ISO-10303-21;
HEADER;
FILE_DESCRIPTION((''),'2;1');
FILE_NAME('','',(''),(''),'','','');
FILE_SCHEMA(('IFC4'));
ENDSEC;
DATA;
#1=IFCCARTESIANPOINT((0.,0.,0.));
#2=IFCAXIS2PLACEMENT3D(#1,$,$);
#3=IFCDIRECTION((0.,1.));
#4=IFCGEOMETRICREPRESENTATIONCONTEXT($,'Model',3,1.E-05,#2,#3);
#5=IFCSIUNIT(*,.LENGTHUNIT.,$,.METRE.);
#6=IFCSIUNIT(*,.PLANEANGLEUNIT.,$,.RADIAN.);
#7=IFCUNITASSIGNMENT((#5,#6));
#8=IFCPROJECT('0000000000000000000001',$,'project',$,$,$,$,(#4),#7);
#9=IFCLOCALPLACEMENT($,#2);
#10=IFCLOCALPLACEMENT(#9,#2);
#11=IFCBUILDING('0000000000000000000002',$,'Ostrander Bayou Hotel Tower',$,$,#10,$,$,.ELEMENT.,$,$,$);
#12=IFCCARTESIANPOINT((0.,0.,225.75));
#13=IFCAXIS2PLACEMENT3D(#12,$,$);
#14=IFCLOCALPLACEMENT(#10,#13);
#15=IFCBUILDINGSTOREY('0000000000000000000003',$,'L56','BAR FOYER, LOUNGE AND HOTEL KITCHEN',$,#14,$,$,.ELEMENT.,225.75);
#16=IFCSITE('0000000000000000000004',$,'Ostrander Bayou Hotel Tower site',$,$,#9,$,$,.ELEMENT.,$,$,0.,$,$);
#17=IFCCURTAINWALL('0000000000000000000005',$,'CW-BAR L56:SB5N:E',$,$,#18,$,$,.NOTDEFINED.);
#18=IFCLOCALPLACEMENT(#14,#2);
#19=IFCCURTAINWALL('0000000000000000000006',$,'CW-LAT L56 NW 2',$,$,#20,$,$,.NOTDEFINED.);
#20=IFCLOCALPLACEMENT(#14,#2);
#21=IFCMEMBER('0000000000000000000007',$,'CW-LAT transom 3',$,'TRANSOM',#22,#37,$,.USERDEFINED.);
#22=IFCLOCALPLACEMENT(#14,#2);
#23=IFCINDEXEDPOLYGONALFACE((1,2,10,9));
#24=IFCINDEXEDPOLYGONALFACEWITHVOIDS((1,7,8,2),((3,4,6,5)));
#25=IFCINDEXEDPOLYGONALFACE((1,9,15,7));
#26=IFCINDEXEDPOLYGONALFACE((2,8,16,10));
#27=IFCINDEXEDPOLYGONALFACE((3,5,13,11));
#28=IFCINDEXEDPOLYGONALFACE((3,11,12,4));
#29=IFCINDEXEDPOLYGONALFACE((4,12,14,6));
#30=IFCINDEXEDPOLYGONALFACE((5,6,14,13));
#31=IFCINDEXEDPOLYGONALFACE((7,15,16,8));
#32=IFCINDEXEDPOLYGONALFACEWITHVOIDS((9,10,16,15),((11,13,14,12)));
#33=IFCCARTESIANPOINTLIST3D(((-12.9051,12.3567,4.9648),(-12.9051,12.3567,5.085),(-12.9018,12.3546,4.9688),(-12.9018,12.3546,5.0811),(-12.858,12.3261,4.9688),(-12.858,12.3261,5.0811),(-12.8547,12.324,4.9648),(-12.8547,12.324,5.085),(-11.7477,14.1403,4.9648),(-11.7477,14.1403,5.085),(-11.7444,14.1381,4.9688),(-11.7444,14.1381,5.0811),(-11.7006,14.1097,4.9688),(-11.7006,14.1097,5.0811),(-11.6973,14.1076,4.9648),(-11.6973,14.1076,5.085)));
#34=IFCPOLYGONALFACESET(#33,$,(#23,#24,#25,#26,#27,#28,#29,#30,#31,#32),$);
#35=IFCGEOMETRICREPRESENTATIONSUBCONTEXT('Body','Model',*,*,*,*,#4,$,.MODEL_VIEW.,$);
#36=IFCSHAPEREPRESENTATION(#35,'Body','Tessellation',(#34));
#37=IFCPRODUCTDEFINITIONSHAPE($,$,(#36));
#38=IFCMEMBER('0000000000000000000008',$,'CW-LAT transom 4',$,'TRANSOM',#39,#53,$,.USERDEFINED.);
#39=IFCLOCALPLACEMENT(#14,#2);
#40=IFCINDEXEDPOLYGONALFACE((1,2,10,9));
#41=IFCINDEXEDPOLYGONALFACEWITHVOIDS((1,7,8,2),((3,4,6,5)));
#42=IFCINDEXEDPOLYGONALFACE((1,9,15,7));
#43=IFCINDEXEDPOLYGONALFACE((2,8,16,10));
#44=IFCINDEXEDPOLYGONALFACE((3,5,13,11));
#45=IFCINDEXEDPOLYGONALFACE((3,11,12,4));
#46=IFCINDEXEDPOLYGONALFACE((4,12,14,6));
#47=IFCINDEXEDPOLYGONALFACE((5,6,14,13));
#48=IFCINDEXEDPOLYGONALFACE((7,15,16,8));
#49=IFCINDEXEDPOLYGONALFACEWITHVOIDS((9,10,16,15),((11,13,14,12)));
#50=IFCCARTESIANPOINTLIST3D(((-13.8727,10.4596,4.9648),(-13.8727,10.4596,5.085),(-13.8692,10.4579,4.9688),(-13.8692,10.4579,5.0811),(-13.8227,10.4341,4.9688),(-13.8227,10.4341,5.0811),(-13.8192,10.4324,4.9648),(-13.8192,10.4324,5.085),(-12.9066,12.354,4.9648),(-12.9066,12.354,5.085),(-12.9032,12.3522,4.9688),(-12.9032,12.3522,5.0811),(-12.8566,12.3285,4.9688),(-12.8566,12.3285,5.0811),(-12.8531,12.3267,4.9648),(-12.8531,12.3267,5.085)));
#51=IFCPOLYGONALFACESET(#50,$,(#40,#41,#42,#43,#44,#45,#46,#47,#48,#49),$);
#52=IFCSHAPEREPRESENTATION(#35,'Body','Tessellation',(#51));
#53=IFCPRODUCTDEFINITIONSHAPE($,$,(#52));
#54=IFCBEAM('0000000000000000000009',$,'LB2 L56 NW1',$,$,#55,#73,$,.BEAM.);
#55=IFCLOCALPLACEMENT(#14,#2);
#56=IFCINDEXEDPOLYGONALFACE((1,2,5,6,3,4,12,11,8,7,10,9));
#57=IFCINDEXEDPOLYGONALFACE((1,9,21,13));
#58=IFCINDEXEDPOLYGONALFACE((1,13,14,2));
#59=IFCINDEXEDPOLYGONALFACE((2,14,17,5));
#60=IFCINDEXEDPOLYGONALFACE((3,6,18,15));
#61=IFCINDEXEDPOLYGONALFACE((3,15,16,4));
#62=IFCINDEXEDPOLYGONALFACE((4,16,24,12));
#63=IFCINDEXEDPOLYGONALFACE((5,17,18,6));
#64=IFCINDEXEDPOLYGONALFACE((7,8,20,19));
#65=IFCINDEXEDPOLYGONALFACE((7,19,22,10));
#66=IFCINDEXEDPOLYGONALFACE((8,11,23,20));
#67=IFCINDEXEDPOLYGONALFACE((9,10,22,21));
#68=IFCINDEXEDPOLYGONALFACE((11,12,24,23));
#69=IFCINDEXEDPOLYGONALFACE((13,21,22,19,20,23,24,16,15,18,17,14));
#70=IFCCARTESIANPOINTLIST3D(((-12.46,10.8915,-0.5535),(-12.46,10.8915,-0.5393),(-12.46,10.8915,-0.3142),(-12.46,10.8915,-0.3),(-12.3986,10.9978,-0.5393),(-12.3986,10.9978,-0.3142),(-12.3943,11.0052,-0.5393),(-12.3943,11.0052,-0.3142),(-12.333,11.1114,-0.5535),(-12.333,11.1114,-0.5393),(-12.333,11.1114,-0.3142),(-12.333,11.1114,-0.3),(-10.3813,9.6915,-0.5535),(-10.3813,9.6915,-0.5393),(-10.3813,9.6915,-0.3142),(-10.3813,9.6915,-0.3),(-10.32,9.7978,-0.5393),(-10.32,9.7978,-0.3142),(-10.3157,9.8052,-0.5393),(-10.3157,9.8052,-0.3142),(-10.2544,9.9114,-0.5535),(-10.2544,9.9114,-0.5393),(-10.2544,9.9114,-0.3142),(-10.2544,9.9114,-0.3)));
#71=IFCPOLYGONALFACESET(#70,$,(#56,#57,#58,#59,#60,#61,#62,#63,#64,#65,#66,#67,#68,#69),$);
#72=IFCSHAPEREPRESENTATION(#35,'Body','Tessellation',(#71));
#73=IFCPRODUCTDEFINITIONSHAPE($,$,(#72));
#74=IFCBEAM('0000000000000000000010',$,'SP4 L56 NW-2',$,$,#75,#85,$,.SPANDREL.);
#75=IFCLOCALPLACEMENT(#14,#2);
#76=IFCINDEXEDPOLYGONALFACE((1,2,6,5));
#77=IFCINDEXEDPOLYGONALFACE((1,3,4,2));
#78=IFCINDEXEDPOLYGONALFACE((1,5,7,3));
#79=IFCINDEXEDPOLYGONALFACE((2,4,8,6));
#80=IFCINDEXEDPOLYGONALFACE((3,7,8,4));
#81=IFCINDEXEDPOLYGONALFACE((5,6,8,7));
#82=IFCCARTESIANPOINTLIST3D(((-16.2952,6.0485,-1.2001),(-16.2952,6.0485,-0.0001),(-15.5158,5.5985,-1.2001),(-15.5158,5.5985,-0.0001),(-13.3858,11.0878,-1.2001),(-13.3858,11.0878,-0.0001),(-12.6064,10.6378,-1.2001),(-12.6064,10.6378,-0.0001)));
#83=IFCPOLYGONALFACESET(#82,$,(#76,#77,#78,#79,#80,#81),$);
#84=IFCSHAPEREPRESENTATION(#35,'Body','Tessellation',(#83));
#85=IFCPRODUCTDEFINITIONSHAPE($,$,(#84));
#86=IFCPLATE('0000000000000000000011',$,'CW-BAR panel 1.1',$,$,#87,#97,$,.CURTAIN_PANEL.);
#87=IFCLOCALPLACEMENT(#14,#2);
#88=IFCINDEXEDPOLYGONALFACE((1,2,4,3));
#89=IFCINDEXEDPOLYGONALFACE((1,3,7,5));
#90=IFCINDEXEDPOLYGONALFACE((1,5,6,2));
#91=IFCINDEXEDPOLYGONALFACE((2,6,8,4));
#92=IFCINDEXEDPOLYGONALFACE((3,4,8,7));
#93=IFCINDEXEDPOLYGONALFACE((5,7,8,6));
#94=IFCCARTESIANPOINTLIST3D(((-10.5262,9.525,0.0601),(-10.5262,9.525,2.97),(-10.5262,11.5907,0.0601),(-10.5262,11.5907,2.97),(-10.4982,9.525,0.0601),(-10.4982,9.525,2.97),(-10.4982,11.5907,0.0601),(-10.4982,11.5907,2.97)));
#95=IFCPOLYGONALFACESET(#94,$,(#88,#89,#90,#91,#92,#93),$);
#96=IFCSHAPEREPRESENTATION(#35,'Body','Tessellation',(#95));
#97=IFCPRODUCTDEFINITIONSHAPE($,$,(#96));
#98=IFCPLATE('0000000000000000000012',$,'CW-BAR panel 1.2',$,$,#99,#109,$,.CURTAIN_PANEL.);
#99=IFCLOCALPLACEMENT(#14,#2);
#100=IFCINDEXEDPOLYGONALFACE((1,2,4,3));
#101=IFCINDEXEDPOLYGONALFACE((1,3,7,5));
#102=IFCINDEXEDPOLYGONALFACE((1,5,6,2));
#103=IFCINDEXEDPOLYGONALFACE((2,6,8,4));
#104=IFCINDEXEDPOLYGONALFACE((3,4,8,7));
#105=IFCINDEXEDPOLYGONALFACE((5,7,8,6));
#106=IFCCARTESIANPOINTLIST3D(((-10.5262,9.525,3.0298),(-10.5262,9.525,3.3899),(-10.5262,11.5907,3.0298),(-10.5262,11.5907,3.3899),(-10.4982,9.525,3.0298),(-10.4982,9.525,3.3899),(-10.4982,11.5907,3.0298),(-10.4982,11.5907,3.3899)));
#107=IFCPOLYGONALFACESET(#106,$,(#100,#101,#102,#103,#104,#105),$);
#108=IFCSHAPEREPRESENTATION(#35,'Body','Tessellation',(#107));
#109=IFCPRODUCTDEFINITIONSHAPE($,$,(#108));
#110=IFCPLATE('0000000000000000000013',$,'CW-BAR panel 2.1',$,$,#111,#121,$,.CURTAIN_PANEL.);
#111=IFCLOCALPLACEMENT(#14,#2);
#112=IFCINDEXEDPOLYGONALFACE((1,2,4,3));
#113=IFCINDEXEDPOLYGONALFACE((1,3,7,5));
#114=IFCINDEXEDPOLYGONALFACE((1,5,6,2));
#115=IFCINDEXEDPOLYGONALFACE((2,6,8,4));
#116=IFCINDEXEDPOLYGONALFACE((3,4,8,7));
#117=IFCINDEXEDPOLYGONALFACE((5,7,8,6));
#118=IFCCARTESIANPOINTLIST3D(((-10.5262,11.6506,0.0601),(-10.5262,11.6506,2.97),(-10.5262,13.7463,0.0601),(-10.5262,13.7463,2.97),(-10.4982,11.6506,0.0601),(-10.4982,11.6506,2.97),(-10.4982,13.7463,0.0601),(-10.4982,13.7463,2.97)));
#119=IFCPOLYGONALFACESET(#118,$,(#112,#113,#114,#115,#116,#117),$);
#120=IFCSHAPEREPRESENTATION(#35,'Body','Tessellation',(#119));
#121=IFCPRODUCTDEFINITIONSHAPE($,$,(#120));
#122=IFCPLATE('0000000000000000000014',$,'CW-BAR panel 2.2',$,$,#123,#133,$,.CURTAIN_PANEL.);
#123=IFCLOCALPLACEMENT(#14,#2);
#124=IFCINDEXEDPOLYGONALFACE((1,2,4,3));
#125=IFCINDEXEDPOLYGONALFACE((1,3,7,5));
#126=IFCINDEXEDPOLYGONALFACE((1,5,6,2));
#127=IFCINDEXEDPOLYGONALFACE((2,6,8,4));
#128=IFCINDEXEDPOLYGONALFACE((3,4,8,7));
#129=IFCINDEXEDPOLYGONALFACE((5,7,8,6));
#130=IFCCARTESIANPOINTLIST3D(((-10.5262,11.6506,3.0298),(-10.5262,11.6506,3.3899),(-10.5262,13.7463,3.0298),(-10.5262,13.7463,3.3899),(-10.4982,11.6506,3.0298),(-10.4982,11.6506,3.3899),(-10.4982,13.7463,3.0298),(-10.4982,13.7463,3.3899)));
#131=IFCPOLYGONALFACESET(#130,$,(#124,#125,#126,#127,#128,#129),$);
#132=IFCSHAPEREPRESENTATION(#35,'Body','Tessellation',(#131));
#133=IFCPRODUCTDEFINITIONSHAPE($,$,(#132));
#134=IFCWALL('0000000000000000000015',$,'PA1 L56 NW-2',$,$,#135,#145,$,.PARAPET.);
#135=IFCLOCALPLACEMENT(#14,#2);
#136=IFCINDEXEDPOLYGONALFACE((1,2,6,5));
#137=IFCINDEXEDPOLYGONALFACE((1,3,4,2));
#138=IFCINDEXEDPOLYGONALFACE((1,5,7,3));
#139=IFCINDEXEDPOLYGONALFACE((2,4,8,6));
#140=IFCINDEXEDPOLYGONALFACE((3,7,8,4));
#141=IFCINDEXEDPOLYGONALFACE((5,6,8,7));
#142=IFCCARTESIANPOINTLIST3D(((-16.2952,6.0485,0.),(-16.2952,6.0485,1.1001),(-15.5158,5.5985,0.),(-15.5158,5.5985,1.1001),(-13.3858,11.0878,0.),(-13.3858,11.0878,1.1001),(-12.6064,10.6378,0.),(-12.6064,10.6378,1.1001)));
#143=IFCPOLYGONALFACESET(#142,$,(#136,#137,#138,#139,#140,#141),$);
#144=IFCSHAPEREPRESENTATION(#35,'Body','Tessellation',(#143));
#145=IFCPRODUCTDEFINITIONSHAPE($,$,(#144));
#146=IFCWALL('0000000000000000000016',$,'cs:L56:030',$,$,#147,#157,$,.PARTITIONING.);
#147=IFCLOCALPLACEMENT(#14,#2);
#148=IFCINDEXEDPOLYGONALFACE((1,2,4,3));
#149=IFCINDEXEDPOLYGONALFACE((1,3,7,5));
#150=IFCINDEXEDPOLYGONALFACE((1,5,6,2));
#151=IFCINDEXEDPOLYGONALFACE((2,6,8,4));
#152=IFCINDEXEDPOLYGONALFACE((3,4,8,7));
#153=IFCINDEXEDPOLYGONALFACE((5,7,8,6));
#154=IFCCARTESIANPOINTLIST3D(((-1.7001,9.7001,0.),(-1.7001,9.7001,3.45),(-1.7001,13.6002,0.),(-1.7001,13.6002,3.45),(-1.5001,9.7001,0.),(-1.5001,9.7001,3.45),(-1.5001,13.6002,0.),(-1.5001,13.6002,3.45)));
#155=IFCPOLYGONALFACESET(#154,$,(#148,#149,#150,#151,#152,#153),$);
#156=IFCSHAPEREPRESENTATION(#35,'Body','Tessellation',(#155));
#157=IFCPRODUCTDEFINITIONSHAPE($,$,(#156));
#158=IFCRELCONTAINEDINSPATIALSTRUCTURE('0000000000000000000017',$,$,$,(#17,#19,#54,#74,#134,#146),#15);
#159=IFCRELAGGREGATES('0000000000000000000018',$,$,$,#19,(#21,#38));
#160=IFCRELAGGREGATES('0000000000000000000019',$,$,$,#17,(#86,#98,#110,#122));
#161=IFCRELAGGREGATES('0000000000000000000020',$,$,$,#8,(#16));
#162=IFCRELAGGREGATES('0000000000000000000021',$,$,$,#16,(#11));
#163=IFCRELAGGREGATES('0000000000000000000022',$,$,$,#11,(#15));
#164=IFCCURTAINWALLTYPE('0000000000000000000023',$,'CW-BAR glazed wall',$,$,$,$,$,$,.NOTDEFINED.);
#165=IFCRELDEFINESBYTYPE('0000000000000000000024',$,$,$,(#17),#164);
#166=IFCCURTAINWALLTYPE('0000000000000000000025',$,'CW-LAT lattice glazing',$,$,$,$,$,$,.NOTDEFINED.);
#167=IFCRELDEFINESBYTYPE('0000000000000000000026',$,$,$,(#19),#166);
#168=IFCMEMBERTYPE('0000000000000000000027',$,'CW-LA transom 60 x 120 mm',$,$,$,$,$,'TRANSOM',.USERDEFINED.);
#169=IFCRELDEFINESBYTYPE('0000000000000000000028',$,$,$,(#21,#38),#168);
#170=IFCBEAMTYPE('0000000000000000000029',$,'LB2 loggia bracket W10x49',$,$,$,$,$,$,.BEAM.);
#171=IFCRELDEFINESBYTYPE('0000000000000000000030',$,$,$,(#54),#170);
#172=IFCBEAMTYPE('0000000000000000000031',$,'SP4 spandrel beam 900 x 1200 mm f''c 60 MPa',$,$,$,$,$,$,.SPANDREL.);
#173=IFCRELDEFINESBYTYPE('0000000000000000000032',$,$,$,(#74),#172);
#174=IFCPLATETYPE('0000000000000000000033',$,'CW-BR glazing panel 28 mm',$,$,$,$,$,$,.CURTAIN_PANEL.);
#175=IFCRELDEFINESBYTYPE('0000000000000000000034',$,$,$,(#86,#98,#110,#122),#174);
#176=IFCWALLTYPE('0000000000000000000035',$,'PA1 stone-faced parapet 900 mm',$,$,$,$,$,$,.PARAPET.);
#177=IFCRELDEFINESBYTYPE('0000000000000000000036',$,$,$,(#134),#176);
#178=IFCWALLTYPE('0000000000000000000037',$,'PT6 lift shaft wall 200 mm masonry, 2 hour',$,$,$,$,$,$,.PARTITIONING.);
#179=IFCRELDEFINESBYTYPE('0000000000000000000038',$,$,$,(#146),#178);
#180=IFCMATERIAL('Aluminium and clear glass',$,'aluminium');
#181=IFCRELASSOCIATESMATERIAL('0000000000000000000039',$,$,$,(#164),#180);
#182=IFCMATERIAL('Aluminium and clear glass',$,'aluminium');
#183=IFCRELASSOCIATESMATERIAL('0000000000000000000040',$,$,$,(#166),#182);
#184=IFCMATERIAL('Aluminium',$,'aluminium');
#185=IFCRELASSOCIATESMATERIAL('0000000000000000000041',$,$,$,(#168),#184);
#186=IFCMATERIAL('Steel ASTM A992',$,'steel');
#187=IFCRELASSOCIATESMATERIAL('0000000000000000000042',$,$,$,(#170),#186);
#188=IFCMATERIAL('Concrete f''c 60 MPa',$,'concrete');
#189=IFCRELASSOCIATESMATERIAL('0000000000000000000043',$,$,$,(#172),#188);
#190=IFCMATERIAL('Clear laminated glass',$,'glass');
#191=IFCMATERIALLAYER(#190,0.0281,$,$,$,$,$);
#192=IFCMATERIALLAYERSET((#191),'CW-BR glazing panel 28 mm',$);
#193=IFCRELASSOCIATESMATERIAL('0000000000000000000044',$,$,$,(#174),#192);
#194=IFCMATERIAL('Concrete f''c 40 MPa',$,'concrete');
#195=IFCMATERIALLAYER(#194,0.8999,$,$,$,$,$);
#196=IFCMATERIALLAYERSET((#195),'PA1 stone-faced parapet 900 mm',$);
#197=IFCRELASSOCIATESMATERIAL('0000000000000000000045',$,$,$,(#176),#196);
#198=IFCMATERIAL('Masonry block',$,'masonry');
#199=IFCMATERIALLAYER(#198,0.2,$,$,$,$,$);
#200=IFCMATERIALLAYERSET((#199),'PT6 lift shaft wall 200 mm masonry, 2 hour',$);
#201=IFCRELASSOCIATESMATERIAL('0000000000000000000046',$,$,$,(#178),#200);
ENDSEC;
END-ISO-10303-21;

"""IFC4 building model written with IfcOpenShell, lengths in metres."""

from ifc_helpers import new_model, si_unit, direction, frame, frame_2d, origin, origin_2d, place, context, subcontext, project, spatial, rectangle, hollow_rectangle, i_section, extrude, material, layer, layer_set, material_profile, profile_set, type_object, element, aggregate, save


model = new_model("IFC4")

# Units and contexts
model_context = context("Model", 3, precision=1e-05, world=origin(), true_north=direction((0.0, 1.0)))
body_context = subcontext(model_context, "Body", "Model", "MODEL_VIEW")
ifc_project = project(units=[si_unit("LENGTHUNIT", "METRE"), si_unit("PLANEANGLEUNIT", "RADIAN")], contexts=[model_context])

# Site, building, storey
site_placement = place(None, origin())
site = spatial("IfcSite", under=ifc_project, at=site_placement, Name="Ostrander Bayou Hotel Tower site", CompositionType="ELEMENT", RefElevation=0.0)
building_placement = place(site_placement, origin())
building = spatial("IfcBuilding", under=site, at=building_placement, Name="Ostrander Bayou Hotel Tower", CompositionType="ELEMENT")
storey_placement = place(building_placement, frame((0.0, 0.0, 225.75)))
storey = spatial("IfcBuildingStorey", under=building, at=storey_placement, Name="L56", Description="BAR FOYER, LOUNGE AND HOTEL KITCHEN", CompositionType="ELEMENT", Elevation=225.75)

# Curtain walls, members
ifc_material_1 = material(Name="Aluminium and clear glass", Category="aluminium")
curtain_wall_type_1 = type_object("IfcCurtainWallType", Name="CW-BAR glazed wall", PredefinedType="NOTDEFINED", material=ifc_material_1)
curtain_wall_1_placement = place(storey_placement, origin())
curtain_wall_1 = element("IfcCurtainWall", 1, at=curtain_wall_1_placement, inside=storey, type_object=curtain_wall_type_1, Name="CW-BAR L56:SB5N:E", PredefinedType="NOTDEFINED")
ifc_material_2 = material(Name="Aluminium and clear glass", Category="aluminium")
curtain_wall_type_2 = type_object("IfcCurtainWallType", Name="CW-LAT lattice glazing", PredefinedType="NOTDEFINED", material=ifc_material_2)
curtain_wall_2_placement = place(storey_placement, origin())
curtain_wall_2 = element("IfcCurtainWall", 2, at=curtain_wall_2_placement, inside=storey, type_object=curtain_wall_type_2, Name="CW-LAT L56 NW 2", PredefinedType="NOTDEFINED")
ifc_material_3 = material(Name="Aluminium", Category="aluminium")
ifc_material_profile_1 = material_profile(ifc_material_3, hollow_rectangle(XDim=0.0601, YDim=0.1201, WallThickness=0.0039, at=origin_2d()))
ifc_profile_set_1 = profile_set([ifc_material_profile_1], Name="Aluminium")
member_type_1 = type_object("IfcMemberType", Name="CW-LA transom 60 x 120 mm", ElementType="TRANSOM", PredefinedType="USERDEFINED", material=ifc_profile_set_1)
member_1_placement = place(storey_placement, frame((-12.8799, 12.3403, 5.0249), z_axis=(0.544351, 0.838858, 0.0), x_axis=(-0.838858, 0.544351, 0.0)))
member_1 = element("IfcMember", 3, at=member_1_placement, type_object=member_type_1, Name="CW-LAT transom 3", ObjectType="TRANSOM", PredefinedType="USERDEFINED", context=body_context, shape_type="SweptSolid", body=[
    extrude(hollow_rectangle(XDim=0.0601, YDim=0.1201, WallThickness=0.0039, at=origin_2d()), origin(), (0.0, 0.0, 1.0), 2.1262),
])
member_2_placement = place(storey_placement, frame((-12.8799, 12.3403, 5.0249), z_axis=(-0.454318, -0.89084, 0.0), x_axis=(0.89084, -0.454318, 0.0)))
member_2 = element("IfcMember", 4, at=member_2_placement, type_object=member_type_1, Name="CW-LAT transom 4", ObjectType="TRANSOM", PredefinedType="USERDEFINED", context=body_context, shape_type="SweptSolid", body=[
    extrude(hollow_rectangle(XDim=0.0601, YDim=0.1201, WallThickness=0.0039, at=origin_2d()), origin(), (0.0, 0.0, 1.0), 2.1265),
])
aggregate(curtain_wall_2, [member_1, member_2])

# Beams
ifc_material_4 = material(Name="Steel ASTM A992", Category="steel")
ifc_material_profile_2 = material_profile(ifc_material_4, i_section(OverallWidth=0.2539, OverallDepth=0.2534, WebThickness=0.0085, FlangeThickness=0.0142, at=origin_2d()))
ifc_profile_set_2 = profile_set([ifc_material_profile_2], Name="Steel ASTM A992")
beam_type_1 = type_object("IfcBeamType", Name="LB2 loggia bracket W10x49", PredefinedType="BEAM", material=ifc_profile_set_2)
beam_1_placement = place(storey_placement, frame((-12.3965, 11.0015, -0.4268), z_axis=(0.86605, -0.499957, 0.0), x_axis=(0.499957, 0.86605, 0.0)))
element("IfcBeam", 5, at=beam_1_placement, inside=storey, type_object=beam_type_1, Name="LB2 L56 NW1", PredefinedType="BEAM", context=body_context, shape_type="SweptSolid", body=[
    extrude(i_section(OverallWidth=0.2539, OverallDepth=0.2534, WebThickness=0.0085, FlangeThickness=0.0142, at=origin_2d()), origin(), (0.0, 0.0, 1.0), 2.4001),
])
ifc_material_5 = material(Name="Concrete f'c 60 MPa", Category="concrete")
ifc_material_profile_3 = material_profile(ifc_material_5, rectangle(XDim=0.8999, YDim=1.2, at=origin_2d()))
ifc_profile_set_3 = profile_set([ifc_material_profile_3], Name="Concrete f'c 60 MPa")
beam_type_2 = type_object("IfcBeamType", Name="SP4 spandrel beam 900 x 1200 mm f'c 60 MPa", PredefinedType="SPANDREL", material=ifc_profile_set_3)
beam_2_placement = place(storey_placement, frame((-12.9961, 10.8628, -0.6001), z_axis=(-0.499997, -0.866027, 0.0), x_axis=(0.866027, -0.499997, 0.0)))
element("IfcBeam", 6, at=beam_2_placement, inside=storey, type_object=beam_type_2, Name="SP4 L56 NW-2", PredefinedType="SPANDREL", context=body_context, shape_type="SweptSolid", body=[
    extrude(rectangle(XDim=0.8999, YDim=1.2, at=origin_2d()), origin(), (0.0, 0.0, 1.0), 5.8188),
])

# Plates
ifc_material_6 = material(Name="Clear laminated glass", Category="glass")
ifc_layer_1 = layer(ifc_material_6, 0.0281)
ifc_layer_set_1 = layer_set([ifc_layer_1], Name="CW-BR glazing panel 28 mm")
plate_type = type_object("IfcPlateType", Name="CW-BR glazing panel 28 mm", PredefinedType="CURTAIN_PANEL", material=ifc_layer_set_1)
plate_1_placement = place(storey_placement, frame((-10.5122, 10.5579, 0.0601), z_axis=(0.0, 0.0, 1.0), x_axis=(0.0, 1.0, 0.0)))
plate_1 = element("IfcPlate", 7, at=plate_1_placement, type_object=plate_type, Name="CW-BAR panel 1.1", PredefinedType="CURTAIN_PANEL", context=body_context, shape_type="SweptSolid", body=[
    extrude(rectangle(XDim=2.0657, YDim=0.0281, at=origin_2d()), origin(), (0.0, 0.0, 1.0), 2.9099),
])
plate_2_placement = place(storey_placement, frame((-10.5122, 10.5579, 3.0298), z_axis=(0.0, 0.0, 1.0), x_axis=(0.0, 1.0, 0.0)))
plate_2 = element("IfcPlate", 8, at=plate_2_placement, type_object=plate_type, Name="CW-BAR panel 1.2", PredefinedType="CURTAIN_PANEL", context=body_context, shape_type="SweptSolid", body=[
    extrude(rectangle(XDim=2.0657, YDim=0.0281, at=origin_2d()), origin(), (0.0, 0.0, 1.0), 0.3601),
])
plate_3_placement = place(storey_placement, frame((-10.5122, 12.6985, 0.0601), z_axis=(0.0, 0.0, 1.0), x_axis=(0.0, 1.0, 0.0)))
plate_3 = element("IfcPlate", 9, at=plate_3_placement, type_object=plate_type, Name="CW-BAR panel 2.1", PredefinedType="CURTAIN_PANEL", context=body_context, shape_type="SweptSolid", body=[
    extrude(rectangle(XDim=2.0957, YDim=0.0281, at=origin_2d()), origin(), (0.0, 0.0, 1.0), 2.9099),
])
plate_4_placement = place(storey_placement, frame((-10.5122, 12.6985, 3.0298), z_axis=(0.0, 0.0, 1.0), x_axis=(0.0, 1.0, 0.0)))
plate_4 = element("IfcPlate", 10, at=plate_4_placement, type_object=plate_type, Name="CW-BAR panel 2.2", PredefinedType="CURTAIN_PANEL", context=body_context, shape_type="SweptSolid", body=[
    extrude(rectangle(XDim=2.0957, YDim=0.0281, at=origin_2d()), origin(), (0.0, 0.0, 1.0), 0.3601),
])
aggregate(curtain_wall_1, [plate_1, plate_2, plate_3, plate_4])

# Wall
ifc_material_7 = material(Name="Concrete f'c 40 MPa", Category="concrete")
ifc_layer_2 = layer(ifc_material_7, 0.8999)
ifc_layer_set_2 = layer_set([ifc_layer_2], Name="PA1 stone-faced parapet 900 mm")
wall_type_1 = type_object("IfcWallType", Name="PA1 stone-faced parapet 900 mm", PredefinedType="PARAPET", material=ifc_layer_set_2)
wall_1_placement = place(storey_placement, frame((-12.9961, 10.8628, 0.0), z_axis=(0.0, 0.0, 1.0), x_axis=(-0.499997, -0.866027, 0.0)))
element("IfcWall", 11, at=wall_1_placement, inside=storey, type_object=wall_type_1, Name="PA1 L56 NW-2", PredefinedType="PARAPET", context=body_context, shape_type="SweptSolid", body=[
    extrude(rectangle(XDim=5.8188, YDim=0.8999, at=frame_2d((2.9094, 0.0))), origin(), (0.0, 0.0, 1.0), 1.1001),
])

# Wall
ifc_material_8 = material(Name="Masonry block", Category="masonry")
ifc_layer_3 = layer(ifc_material_8, 0.2)
ifc_layer_set_3 = layer_set([ifc_layer_3], Name="PT6 lift shaft wall 200 mm masonry, 2 hour")
wall_type_2 = type_object("IfcWallType", Name="PT6 lift shaft wall 200 mm masonry, 2 hour", PredefinedType="PARTITIONING", material=ifc_layer_set_3)
wall_2_placement = place(storey_placement, frame((-1.6001, 9.7, 0.0), z_axis=(0.0, 0.0, 1.0), x_axis=(0.0, 1.0, 0.0)))
element("IfcWall", 12, at=wall_2_placement, inside=storey, type_object=wall_type_2, Name="cs:L56:030", PredefinedType="PARTITIONING", context=body_context, shape_type="SweptSolid", body=[
    extrude(rectangle(XDim=3.9001, YDim=0.2, at=frame_2d((1.9502, 0.0))), origin(), (0.0, 0.0, 1.0), 3.45),
])

save(model, "model.ifc")
